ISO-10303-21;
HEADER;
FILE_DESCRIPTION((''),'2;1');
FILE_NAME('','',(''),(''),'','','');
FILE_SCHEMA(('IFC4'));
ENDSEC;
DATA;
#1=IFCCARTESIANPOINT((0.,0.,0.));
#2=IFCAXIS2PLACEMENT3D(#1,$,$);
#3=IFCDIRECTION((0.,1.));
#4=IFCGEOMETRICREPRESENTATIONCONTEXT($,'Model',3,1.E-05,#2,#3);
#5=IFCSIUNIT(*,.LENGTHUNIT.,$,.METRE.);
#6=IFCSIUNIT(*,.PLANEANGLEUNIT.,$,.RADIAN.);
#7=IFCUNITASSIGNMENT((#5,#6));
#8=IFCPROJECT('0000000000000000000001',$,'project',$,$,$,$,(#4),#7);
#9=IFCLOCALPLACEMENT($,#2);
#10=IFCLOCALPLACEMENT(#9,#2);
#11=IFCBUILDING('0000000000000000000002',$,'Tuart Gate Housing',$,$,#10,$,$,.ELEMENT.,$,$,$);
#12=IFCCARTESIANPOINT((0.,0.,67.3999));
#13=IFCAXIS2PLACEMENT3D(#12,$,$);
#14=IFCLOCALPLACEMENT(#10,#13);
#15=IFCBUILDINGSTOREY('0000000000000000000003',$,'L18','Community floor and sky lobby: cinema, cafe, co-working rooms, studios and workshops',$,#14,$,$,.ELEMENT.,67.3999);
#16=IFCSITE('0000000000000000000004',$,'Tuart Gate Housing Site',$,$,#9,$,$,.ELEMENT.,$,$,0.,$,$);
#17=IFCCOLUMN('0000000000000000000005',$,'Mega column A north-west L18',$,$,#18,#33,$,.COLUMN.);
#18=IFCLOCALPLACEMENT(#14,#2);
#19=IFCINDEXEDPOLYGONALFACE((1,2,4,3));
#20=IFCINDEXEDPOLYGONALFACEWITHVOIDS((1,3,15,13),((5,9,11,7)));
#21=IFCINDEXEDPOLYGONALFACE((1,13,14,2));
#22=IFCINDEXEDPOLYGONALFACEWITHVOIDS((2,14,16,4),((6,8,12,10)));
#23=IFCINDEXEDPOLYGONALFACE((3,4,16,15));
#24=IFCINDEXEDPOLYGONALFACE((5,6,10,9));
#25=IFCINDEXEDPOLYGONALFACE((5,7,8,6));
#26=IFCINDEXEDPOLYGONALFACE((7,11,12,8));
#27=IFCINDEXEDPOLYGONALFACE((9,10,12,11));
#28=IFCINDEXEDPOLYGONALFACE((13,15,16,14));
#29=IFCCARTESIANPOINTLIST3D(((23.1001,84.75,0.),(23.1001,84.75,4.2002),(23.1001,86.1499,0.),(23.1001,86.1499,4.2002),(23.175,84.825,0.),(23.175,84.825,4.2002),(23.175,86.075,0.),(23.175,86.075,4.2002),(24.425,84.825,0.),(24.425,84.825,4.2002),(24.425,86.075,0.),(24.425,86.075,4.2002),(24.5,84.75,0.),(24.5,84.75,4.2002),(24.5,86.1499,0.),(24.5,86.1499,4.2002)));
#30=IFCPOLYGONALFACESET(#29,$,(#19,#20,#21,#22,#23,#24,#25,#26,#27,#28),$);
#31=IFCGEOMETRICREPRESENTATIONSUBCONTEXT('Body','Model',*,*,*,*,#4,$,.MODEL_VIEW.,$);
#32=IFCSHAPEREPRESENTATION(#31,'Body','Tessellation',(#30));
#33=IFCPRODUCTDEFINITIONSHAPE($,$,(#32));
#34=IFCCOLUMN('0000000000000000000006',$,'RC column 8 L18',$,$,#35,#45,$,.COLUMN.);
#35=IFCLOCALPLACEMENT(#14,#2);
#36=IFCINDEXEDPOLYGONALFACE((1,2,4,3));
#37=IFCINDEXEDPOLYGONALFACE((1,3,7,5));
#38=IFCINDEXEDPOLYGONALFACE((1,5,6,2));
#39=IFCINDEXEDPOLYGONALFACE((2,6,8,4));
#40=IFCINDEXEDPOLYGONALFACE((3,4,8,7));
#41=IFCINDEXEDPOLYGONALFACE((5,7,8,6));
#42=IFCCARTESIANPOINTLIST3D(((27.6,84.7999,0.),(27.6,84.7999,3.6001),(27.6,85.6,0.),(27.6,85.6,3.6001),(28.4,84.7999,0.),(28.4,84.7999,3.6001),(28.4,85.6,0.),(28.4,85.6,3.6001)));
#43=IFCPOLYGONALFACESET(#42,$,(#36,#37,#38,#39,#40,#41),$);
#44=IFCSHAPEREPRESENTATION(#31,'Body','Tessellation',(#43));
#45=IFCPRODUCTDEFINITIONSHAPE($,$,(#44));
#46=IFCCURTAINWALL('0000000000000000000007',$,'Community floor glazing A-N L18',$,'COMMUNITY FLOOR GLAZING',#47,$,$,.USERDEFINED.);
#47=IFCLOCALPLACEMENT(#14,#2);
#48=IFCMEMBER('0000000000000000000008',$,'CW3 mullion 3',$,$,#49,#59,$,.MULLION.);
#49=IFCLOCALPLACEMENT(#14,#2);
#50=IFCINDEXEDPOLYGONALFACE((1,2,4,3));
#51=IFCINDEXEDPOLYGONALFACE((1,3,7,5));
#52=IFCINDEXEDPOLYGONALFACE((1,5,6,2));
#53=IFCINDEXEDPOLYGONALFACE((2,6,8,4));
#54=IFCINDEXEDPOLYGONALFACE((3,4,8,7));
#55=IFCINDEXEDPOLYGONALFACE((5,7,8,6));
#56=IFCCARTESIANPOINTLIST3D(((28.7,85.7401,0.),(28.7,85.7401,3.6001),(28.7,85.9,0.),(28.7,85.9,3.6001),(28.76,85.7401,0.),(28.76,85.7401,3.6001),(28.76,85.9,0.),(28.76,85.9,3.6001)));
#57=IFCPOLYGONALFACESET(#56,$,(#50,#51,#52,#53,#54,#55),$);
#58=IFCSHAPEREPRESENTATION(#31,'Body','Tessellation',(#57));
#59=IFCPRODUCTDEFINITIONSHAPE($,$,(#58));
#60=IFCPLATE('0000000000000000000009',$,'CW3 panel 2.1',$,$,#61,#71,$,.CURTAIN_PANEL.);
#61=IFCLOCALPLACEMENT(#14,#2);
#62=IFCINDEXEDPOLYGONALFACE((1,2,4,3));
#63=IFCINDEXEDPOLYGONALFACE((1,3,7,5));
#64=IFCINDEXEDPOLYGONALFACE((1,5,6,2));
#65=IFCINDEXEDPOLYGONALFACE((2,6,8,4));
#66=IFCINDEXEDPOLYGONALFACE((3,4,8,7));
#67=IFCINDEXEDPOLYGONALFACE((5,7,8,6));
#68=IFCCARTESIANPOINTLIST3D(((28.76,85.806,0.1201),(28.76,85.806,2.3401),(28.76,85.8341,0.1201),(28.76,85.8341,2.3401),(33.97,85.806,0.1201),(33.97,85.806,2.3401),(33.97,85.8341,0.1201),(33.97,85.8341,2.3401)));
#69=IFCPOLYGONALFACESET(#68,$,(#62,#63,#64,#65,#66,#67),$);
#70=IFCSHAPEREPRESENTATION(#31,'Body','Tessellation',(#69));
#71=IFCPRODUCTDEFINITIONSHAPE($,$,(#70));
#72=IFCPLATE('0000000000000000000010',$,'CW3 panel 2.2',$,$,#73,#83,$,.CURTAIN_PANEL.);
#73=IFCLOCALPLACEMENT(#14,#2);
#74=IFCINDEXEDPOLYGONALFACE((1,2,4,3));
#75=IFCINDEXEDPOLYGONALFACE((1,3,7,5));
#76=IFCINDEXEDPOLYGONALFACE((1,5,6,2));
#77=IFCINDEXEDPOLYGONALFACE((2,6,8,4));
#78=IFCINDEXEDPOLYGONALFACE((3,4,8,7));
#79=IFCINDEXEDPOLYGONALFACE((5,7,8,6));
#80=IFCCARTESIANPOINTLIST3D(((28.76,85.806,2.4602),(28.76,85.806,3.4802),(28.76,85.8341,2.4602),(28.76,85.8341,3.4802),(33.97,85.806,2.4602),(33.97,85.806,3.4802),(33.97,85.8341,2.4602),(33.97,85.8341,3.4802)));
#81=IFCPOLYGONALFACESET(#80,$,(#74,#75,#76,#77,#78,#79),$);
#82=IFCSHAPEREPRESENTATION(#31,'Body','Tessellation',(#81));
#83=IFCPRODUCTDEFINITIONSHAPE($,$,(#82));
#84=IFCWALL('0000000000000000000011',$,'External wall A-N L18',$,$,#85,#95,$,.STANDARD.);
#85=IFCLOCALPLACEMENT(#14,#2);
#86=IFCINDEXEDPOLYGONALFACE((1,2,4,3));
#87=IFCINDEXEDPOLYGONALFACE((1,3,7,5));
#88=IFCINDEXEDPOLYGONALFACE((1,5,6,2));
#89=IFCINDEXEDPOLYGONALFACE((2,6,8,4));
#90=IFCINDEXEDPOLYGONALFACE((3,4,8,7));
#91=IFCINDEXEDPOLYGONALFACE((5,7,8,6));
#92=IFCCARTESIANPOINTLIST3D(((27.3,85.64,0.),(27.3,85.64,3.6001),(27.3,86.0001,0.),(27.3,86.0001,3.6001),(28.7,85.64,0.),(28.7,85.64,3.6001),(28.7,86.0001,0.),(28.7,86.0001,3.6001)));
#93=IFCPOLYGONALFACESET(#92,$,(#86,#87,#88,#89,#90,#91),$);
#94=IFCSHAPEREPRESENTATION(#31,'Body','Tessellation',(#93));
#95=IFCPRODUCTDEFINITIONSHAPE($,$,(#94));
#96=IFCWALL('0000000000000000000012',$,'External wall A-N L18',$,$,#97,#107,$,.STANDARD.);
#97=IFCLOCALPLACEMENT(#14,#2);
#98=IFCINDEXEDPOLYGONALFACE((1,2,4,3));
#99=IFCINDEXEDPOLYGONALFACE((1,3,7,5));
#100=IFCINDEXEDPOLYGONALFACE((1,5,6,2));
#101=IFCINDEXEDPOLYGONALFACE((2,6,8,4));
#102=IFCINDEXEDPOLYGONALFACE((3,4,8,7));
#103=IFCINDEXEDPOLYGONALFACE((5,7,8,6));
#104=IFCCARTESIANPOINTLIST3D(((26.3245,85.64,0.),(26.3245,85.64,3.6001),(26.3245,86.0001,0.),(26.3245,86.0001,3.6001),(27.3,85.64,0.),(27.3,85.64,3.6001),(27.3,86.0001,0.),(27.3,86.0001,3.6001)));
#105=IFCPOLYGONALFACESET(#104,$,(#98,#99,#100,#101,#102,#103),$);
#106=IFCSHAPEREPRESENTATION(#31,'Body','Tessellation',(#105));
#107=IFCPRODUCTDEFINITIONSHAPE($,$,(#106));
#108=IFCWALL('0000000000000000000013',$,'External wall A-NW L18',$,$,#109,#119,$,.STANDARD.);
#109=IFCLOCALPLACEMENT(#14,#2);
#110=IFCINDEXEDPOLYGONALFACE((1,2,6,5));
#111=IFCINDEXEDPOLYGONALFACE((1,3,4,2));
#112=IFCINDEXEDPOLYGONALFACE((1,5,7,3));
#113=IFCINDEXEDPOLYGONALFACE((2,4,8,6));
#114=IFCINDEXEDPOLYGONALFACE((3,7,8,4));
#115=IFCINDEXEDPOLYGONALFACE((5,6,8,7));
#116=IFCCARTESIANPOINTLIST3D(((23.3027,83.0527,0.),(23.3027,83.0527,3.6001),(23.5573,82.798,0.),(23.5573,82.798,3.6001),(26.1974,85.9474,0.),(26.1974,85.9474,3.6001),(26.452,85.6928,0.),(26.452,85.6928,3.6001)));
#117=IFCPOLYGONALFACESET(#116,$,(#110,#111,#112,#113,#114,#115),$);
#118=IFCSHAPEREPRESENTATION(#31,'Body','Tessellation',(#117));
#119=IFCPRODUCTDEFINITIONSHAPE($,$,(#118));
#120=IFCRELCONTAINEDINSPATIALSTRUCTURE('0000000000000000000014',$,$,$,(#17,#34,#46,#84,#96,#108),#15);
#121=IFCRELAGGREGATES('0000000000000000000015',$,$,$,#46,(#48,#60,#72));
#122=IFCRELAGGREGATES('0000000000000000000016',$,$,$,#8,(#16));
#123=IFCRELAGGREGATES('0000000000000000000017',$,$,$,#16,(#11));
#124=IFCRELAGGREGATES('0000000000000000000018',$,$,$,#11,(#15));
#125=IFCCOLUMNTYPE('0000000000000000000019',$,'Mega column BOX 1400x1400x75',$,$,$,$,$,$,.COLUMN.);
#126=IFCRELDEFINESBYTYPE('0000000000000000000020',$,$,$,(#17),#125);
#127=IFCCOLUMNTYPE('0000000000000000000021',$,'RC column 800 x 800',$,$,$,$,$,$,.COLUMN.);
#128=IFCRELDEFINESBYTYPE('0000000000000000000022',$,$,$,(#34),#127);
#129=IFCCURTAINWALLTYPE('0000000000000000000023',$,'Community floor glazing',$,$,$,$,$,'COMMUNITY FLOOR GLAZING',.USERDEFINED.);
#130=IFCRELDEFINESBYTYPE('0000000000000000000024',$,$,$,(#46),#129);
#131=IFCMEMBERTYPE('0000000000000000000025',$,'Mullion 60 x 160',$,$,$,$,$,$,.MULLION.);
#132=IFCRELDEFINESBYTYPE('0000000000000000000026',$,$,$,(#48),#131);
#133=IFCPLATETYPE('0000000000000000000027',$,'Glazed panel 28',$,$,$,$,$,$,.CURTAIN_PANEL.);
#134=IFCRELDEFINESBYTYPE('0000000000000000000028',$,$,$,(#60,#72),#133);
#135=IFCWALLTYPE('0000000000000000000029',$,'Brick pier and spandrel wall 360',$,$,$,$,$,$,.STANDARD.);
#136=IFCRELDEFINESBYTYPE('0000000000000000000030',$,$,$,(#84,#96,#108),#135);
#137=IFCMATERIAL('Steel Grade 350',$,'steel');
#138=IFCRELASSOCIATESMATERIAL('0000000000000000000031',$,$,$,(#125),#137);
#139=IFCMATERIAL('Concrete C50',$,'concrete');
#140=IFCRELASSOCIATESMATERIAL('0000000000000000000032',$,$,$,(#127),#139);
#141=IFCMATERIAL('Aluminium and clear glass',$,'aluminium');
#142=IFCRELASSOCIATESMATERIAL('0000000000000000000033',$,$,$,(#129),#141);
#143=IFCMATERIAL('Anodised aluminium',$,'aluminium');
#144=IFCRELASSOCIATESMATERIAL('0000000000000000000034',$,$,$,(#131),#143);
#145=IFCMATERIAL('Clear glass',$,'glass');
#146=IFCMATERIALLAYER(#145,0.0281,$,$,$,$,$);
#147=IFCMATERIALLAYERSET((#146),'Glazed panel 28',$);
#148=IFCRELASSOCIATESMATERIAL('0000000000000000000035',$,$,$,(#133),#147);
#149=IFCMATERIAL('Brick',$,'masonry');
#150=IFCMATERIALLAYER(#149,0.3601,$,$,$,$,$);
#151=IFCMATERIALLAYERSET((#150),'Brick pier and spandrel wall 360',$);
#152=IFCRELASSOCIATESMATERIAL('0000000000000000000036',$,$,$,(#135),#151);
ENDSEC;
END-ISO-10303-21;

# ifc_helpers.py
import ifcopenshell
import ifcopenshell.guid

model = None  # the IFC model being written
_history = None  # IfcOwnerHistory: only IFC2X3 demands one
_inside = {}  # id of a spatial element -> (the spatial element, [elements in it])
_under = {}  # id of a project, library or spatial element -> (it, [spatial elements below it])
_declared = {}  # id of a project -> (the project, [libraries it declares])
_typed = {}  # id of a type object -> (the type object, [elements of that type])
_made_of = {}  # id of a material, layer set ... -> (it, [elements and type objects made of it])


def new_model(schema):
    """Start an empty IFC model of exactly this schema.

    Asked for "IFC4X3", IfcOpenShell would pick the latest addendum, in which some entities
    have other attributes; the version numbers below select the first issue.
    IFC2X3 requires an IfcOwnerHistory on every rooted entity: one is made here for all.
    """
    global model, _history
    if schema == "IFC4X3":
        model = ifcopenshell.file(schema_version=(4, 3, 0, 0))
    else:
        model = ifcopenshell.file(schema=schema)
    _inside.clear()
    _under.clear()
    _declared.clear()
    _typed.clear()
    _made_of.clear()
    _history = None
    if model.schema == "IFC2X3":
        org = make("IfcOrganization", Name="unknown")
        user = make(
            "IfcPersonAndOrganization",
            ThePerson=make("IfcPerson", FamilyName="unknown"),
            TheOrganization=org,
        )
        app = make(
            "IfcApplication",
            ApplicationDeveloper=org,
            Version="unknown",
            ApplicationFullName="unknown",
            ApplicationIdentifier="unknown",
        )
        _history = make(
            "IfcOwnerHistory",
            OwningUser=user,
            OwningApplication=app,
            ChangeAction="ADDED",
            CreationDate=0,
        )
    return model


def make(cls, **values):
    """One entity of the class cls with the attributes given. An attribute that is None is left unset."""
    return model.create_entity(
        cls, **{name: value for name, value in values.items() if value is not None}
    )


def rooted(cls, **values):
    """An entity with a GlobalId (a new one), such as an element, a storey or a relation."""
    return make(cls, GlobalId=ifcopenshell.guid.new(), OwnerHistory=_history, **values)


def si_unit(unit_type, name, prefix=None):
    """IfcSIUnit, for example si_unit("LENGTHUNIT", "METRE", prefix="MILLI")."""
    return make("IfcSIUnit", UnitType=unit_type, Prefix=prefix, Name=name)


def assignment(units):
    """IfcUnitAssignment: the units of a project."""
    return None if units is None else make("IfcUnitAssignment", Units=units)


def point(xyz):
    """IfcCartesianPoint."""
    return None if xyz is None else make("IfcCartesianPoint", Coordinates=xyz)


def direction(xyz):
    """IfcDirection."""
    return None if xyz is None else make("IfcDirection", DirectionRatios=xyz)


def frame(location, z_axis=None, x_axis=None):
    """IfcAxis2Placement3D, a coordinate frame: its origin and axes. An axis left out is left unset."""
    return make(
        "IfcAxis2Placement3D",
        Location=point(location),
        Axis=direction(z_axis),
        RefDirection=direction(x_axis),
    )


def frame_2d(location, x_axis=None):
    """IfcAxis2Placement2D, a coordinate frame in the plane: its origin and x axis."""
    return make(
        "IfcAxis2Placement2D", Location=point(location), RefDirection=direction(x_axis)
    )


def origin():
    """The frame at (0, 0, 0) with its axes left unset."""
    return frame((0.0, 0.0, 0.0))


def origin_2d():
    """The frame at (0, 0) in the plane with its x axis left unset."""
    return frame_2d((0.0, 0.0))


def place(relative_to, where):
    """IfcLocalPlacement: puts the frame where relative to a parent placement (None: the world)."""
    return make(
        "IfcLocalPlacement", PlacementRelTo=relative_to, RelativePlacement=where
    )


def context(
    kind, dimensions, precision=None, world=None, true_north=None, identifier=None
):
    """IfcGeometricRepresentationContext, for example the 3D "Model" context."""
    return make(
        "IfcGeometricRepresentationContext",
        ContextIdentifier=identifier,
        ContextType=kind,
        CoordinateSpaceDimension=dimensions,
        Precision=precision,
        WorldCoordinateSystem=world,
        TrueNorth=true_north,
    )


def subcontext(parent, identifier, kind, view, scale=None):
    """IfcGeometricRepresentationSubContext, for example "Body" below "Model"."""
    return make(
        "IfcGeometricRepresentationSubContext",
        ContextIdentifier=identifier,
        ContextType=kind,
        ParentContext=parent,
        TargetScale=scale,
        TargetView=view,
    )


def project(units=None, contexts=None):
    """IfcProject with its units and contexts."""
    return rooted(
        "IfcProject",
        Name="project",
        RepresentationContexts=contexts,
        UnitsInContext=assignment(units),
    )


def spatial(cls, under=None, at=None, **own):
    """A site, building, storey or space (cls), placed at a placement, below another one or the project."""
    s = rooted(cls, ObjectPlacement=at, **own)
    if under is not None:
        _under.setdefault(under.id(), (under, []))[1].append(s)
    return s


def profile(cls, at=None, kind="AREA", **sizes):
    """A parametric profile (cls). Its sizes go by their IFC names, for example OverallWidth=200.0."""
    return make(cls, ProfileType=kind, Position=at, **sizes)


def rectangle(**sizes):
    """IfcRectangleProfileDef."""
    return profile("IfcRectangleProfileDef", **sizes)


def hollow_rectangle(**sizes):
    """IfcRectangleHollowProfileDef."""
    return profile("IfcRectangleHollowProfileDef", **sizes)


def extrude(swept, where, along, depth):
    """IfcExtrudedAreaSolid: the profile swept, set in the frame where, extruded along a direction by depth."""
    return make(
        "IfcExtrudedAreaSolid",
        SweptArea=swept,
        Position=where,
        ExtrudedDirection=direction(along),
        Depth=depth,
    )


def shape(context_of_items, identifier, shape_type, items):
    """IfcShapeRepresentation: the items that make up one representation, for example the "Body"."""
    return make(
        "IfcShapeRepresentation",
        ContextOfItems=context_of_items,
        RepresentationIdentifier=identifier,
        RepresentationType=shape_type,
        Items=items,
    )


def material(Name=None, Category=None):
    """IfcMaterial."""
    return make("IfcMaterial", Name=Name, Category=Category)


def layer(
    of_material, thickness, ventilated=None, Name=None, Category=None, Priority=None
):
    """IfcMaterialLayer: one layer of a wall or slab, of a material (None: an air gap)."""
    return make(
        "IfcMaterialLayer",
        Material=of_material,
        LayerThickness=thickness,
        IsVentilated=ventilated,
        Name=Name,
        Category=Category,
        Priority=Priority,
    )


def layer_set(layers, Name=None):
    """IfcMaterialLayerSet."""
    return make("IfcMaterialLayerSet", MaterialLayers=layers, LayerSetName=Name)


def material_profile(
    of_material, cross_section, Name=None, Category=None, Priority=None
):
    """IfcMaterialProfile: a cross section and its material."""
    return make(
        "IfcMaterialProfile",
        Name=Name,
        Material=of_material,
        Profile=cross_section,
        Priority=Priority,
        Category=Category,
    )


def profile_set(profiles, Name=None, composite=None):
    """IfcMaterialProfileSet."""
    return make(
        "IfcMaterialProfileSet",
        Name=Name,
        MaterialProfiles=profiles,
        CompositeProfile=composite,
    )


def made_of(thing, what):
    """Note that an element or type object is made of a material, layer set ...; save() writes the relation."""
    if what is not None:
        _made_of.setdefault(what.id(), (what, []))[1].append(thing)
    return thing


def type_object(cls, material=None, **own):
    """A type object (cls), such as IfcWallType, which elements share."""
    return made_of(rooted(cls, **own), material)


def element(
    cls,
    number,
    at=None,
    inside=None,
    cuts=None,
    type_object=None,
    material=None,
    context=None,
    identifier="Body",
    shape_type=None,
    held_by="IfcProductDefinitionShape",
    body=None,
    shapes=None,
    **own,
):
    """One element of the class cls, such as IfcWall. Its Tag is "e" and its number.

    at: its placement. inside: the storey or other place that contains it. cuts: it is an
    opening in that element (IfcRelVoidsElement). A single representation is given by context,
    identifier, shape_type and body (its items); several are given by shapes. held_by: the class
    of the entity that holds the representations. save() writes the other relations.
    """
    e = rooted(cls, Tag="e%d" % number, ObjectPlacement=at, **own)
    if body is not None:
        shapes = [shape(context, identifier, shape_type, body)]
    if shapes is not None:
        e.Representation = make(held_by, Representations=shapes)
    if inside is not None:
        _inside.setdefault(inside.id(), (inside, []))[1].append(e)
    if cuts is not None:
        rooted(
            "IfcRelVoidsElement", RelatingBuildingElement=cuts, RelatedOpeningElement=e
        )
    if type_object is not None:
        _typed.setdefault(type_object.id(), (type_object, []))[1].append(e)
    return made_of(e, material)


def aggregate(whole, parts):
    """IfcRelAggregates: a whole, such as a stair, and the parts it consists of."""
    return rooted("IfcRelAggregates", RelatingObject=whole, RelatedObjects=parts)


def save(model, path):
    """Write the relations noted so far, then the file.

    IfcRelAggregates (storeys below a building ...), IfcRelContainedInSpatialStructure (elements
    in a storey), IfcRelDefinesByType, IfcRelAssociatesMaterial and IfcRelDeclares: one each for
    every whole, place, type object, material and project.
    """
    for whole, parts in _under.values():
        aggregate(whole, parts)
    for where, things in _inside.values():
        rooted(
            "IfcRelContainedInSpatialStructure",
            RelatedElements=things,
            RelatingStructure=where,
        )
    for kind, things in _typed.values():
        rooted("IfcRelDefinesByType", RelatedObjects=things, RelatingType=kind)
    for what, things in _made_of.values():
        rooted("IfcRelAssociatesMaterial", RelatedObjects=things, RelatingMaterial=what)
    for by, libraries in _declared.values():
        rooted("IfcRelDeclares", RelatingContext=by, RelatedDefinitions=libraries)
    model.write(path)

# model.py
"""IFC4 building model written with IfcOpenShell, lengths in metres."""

from ifc_helpers import new_model, si_unit, direction, frame, frame_2d, origin, origin_2d, place, context, subcontext, project, spatial, rectangle, hollow_rectangle, extrude, material, layer, layer_set, material_profile, profile_set, type_object, element, aggregate, save


model = new_model("IFC4")

# Units and contexts
model_context = context("Model", 3, precision=1e-05, world=origin(), true_north=direction((0.0, 1.0)))
body_context = subcontext(model_context, "Body", "Model", "MODEL_VIEW")
ifc_project = project(units=[si_unit("LENGTHUNIT", "METRE"), si_unit("PLANEANGLEUNIT", "RADIAN")], contexts=[model_context])

# Site, building, storey
site_placement = place(None, origin())
site = spatial("IfcSite", under=ifc_project, at=site_placement, Name="Tuart Gate Housing Site", CompositionType="ELEMENT", RefElevation=0.0)
building_placement = place(site_placement, origin())
building = spatial("IfcBuilding", under=site, at=building_placement, Name="Tuart Gate Housing", CompositionType="ELEMENT")
storey_placement = place(building_placement, frame((0.0, 0.0, 67.3999)))
storey = spatial("IfcBuildingStorey", under=building, at=storey_placement, Name="L18", Description="Community floor and sky lobby: cinema, cafe, co-working rooms, studios and workshops", CompositionType="ELEMENT", Elevation=67.3999)

# Columns
ifc_material_1 = material(Name="Steel Grade 350", Category="steel")
ifc_material_profile_1 = material_profile(ifc_material_1, hollow_rectangle(XDim=1.3999, YDim=1.3999, WallThickness=0.075, at=origin_2d()), Name="BOX 1400x1400x75")
ifc_profile_set_1 = profile_set([ifc_material_profile_1], Name="Steel Grade 350")
column_type_1 = type_object("IfcColumnType", Name="Mega column BOX 1400x1400x75", PredefinedType="COLUMN", material=ifc_profile_set_1)
column_1_placement = place(storey_placement, frame((23.8, 85.45, 0.0), z_axis=(0.0, 0.0, 1.0), x_axis=(1.0, 0.0, 0.0)))
element("IfcColumn", 1, at=column_1_placement, inside=storey, type_object=column_type_1, Name="Mega column A north-west L18", PredefinedType="COLUMN", context=body_context, shape_type="SweptSolid", body=[
    extrude(hollow_rectangle(XDim=1.3999, YDim=1.3999, WallThickness=0.075, at=origin_2d()), origin(), (0.0, 0.0, 1.0), 4.2002),
])
ifc_material_2 = material(Name="Concrete C50", Category="concrete")
ifc_material_profile_2 = material_profile(ifc_material_2, rectangle(XDim=0.8, YDim=0.8, at=origin_2d()), Name="RC column 800 x 800")
ifc_profile_set_2 = profile_set([ifc_material_profile_2], Name="Concrete C50")
column_type_2 = type_object("IfcColumnType", Name="RC column 800 x 800", PredefinedType="COLUMN", material=ifc_profile_set_2)
column_2_placement = place(storey_placement, frame((28.0, 85.2, 0.0), z_axis=(0.0, 0.0, 1.0), x_axis=(1.0, 0.0, 0.0)))
element("IfcColumn", 2, at=column_2_placement, inside=storey, type_object=column_type_2, Name="RC column 8 L18", PredefinedType="COLUMN", context=body_context, shape_type="SweptSolid", body=[
    extrude(rectangle(XDim=0.8, YDim=0.8, at=origin_2d()), origin(), (0.0, 0.0, 1.0), 3.6001),
])

# Curtain wall, member, plates
ifc_material_3 = material(Name="Aluminium and clear glass", Category="aluminium")
curtain_wall_type = type_object("IfcCurtainWallType", Name="Community floor glazing", ElementType="COMMUNITY FLOOR GLAZING", PredefinedType="USERDEFINED", material=ifc_material_3)
curtain_wall_placement = place(storey_placement, origin())
curtain_wall = element("IfcCurtainWall", 3, at=curtain_wall_placement, inside=storey, type_object=curtain_wall_type, Name="Community floor glazing A-N L18", ObjectType="COMMUNITY FLOOR GLAZING", PredefinedType="USERDEFINED")
ifc_material_4 = material(Name="Anodised aluminium", Category="aluminium")
ifc_material_profile_3 = material_profile(ifc_material_4, rectangle(XDim=0.0601, YDim=0.1599, at=origin_2d()), Name="60x160")
ifc_profile_set_3 = profile_set([ifc_material_profile_3], Name="Anodised aluminium")
member_type = type_object("IfcMemberType", Name="Mullion 60 x 160", PredefinedType="MULLION", material=ifc_profile_set_3)
member_placement = place(storey_placement, frame((28.73, 85.8201, 0.0), z_axis=(0.0, 0.0, 1.0), x_axis=(-1.0, 0.0, 0.0)))
member = element("IfcMember", 4, at=member_placement, type_object=member_type, Name="CW3 mullion 3", PredefinedType="MULLION", context=body_context, shape_type="SweptSolid", body=[
    extrude(rectangle(XDim=0.0601, YDim=0.1599, at=origin_2d()), origin(), (0.0, 0.0, 1.0), 3.6001),
])
ifc_material_5 = material(Name="Clear glass", Category="glass")
ifc_layer_1 = layer(ifc_material_5, 0.0281)
ifc_layer_set_1 = layer_set([ifc_layer_1], Name="Glazed panel 28")
plate_type = type_object("IfcPlateType", Name="Glazed panel 28", PredefinedType="CURTAIN_PANEL", material=ifc_layer_set_1)
plate_1_placement = place(storey_placement, frame((31.365, 85.8201, 0.1201), z_axis=(0.0, 0.0, 1.0), x_axis=(-1.0, 0.0, 0.0)))
plate_1 = element("IfcPlate", 5, at=plate_1_placement, type_object=plate_type, Name="CW3 panel 2.1", PredefinedType="CURTAIN_PANEL", context=body_context, shape_type="SweptSolid", body=[
    extrude(rectangle(XDim=5.21, YDim=0.0281, at=origin_2d()), origin(), (0.0, 0.0, 1.0), 2.22),
])
plate_2_placement = place(storey_placement, frame((31.365, 85.8201, 2.4602), z_axis=(0.0, 0.0, 1.0), x_axis=(-1.0, 0.0, 0.0)))
plate_2 = element("IfcPlate", 6, at=plate_2_placement, type_object=plate_type, Name="CW3 panel 2.2", PredefinedType="CURTAIN_PANEL", context=body_context, shape_type="SweptSolid", body=[
    extrude(rectangle(XDim=5.21, YDim=0.0281, at=origin_2d()), origin(), (0.0, 0.0, 1.0), 1.02),
])
aggregate(curtain_wall, [member, plate_1, plate_2])

# Walls
ifc_material_6 = material(Name="Brick", Category="masonry")
ifc_layer_2 = layer(ifc_material_6, 0.3601)
ifc_layer_set_2 = layer_set([ifc_layer_2], Name="Brick pier and spandrel wall 360")
wall_type = type_object("IfcWallType", Name="Brick pier and spandrel wall 360", PredefinedType="STANDARD", material=ifc_layer_set_2)
wall_1_placement = place(storey_placement, frame((28.7, 85.8201, 0.0), z_axis=(0.0, 0.0, 1.0), x_axis=(-1.0, 0.0, 0.0)))
element("IfcWall", 7, at=wall_1_placement, inside=storey, type_object=wall_type, Name="External wall A-N L18", PredefinedType="STANDARD", context=body_context, shape_type="SweptSolid", body=[
    extrude(rectangle(XDim=1.3999, YDim=0.3601, at=frame_2d((0.7, 0.0))), origin(), (0.0, 0.0, 1.0), 3.6001),
])
wall_2_placement = place(storey_placement, frame((27.3, 85.8201, 0.0), z_axis=(0.0, 0.0, 1.0), x_axis=(-1.0, 0.0, 0.0)))
element("IfcWall", 8, at=wall_2_placement, inside=storey, type_object=wall_type, Name="External wall A-N L18", PredefinedType="STANDARD", context=body_context, shape_type="SweptSolid", body=[
    extrude(rectangle(XDim=0.9756, YDim=0.3601, at=frame_2d((0.4878, 0.0))), origin(), (0.0, 0.0, 1.0), 3.6001),
])
wall_3_placement = place(storey_placement, frame((26.3247, 85.8201, 0.0), z_axis=(0.0, 0.0, 1.0), x_axis=(-0.707107, -0.707107, 0.0)))
element("IfcWall", 9, at=wall_3_placement, inside=storey, type_object=wall_type, Name="External wall A-NW L18", PredefinedType="STANDARD", context=body_context, shape_type="SweptSolid", body=[
    extrude(rectangle(XDim=4.0938, YDim=0.3601, at=frame_2d((2.0469, 0.0))), origin(), (0.0, 0.0, 1.0), 3.6001),
])

save(model, "model.ifc")
